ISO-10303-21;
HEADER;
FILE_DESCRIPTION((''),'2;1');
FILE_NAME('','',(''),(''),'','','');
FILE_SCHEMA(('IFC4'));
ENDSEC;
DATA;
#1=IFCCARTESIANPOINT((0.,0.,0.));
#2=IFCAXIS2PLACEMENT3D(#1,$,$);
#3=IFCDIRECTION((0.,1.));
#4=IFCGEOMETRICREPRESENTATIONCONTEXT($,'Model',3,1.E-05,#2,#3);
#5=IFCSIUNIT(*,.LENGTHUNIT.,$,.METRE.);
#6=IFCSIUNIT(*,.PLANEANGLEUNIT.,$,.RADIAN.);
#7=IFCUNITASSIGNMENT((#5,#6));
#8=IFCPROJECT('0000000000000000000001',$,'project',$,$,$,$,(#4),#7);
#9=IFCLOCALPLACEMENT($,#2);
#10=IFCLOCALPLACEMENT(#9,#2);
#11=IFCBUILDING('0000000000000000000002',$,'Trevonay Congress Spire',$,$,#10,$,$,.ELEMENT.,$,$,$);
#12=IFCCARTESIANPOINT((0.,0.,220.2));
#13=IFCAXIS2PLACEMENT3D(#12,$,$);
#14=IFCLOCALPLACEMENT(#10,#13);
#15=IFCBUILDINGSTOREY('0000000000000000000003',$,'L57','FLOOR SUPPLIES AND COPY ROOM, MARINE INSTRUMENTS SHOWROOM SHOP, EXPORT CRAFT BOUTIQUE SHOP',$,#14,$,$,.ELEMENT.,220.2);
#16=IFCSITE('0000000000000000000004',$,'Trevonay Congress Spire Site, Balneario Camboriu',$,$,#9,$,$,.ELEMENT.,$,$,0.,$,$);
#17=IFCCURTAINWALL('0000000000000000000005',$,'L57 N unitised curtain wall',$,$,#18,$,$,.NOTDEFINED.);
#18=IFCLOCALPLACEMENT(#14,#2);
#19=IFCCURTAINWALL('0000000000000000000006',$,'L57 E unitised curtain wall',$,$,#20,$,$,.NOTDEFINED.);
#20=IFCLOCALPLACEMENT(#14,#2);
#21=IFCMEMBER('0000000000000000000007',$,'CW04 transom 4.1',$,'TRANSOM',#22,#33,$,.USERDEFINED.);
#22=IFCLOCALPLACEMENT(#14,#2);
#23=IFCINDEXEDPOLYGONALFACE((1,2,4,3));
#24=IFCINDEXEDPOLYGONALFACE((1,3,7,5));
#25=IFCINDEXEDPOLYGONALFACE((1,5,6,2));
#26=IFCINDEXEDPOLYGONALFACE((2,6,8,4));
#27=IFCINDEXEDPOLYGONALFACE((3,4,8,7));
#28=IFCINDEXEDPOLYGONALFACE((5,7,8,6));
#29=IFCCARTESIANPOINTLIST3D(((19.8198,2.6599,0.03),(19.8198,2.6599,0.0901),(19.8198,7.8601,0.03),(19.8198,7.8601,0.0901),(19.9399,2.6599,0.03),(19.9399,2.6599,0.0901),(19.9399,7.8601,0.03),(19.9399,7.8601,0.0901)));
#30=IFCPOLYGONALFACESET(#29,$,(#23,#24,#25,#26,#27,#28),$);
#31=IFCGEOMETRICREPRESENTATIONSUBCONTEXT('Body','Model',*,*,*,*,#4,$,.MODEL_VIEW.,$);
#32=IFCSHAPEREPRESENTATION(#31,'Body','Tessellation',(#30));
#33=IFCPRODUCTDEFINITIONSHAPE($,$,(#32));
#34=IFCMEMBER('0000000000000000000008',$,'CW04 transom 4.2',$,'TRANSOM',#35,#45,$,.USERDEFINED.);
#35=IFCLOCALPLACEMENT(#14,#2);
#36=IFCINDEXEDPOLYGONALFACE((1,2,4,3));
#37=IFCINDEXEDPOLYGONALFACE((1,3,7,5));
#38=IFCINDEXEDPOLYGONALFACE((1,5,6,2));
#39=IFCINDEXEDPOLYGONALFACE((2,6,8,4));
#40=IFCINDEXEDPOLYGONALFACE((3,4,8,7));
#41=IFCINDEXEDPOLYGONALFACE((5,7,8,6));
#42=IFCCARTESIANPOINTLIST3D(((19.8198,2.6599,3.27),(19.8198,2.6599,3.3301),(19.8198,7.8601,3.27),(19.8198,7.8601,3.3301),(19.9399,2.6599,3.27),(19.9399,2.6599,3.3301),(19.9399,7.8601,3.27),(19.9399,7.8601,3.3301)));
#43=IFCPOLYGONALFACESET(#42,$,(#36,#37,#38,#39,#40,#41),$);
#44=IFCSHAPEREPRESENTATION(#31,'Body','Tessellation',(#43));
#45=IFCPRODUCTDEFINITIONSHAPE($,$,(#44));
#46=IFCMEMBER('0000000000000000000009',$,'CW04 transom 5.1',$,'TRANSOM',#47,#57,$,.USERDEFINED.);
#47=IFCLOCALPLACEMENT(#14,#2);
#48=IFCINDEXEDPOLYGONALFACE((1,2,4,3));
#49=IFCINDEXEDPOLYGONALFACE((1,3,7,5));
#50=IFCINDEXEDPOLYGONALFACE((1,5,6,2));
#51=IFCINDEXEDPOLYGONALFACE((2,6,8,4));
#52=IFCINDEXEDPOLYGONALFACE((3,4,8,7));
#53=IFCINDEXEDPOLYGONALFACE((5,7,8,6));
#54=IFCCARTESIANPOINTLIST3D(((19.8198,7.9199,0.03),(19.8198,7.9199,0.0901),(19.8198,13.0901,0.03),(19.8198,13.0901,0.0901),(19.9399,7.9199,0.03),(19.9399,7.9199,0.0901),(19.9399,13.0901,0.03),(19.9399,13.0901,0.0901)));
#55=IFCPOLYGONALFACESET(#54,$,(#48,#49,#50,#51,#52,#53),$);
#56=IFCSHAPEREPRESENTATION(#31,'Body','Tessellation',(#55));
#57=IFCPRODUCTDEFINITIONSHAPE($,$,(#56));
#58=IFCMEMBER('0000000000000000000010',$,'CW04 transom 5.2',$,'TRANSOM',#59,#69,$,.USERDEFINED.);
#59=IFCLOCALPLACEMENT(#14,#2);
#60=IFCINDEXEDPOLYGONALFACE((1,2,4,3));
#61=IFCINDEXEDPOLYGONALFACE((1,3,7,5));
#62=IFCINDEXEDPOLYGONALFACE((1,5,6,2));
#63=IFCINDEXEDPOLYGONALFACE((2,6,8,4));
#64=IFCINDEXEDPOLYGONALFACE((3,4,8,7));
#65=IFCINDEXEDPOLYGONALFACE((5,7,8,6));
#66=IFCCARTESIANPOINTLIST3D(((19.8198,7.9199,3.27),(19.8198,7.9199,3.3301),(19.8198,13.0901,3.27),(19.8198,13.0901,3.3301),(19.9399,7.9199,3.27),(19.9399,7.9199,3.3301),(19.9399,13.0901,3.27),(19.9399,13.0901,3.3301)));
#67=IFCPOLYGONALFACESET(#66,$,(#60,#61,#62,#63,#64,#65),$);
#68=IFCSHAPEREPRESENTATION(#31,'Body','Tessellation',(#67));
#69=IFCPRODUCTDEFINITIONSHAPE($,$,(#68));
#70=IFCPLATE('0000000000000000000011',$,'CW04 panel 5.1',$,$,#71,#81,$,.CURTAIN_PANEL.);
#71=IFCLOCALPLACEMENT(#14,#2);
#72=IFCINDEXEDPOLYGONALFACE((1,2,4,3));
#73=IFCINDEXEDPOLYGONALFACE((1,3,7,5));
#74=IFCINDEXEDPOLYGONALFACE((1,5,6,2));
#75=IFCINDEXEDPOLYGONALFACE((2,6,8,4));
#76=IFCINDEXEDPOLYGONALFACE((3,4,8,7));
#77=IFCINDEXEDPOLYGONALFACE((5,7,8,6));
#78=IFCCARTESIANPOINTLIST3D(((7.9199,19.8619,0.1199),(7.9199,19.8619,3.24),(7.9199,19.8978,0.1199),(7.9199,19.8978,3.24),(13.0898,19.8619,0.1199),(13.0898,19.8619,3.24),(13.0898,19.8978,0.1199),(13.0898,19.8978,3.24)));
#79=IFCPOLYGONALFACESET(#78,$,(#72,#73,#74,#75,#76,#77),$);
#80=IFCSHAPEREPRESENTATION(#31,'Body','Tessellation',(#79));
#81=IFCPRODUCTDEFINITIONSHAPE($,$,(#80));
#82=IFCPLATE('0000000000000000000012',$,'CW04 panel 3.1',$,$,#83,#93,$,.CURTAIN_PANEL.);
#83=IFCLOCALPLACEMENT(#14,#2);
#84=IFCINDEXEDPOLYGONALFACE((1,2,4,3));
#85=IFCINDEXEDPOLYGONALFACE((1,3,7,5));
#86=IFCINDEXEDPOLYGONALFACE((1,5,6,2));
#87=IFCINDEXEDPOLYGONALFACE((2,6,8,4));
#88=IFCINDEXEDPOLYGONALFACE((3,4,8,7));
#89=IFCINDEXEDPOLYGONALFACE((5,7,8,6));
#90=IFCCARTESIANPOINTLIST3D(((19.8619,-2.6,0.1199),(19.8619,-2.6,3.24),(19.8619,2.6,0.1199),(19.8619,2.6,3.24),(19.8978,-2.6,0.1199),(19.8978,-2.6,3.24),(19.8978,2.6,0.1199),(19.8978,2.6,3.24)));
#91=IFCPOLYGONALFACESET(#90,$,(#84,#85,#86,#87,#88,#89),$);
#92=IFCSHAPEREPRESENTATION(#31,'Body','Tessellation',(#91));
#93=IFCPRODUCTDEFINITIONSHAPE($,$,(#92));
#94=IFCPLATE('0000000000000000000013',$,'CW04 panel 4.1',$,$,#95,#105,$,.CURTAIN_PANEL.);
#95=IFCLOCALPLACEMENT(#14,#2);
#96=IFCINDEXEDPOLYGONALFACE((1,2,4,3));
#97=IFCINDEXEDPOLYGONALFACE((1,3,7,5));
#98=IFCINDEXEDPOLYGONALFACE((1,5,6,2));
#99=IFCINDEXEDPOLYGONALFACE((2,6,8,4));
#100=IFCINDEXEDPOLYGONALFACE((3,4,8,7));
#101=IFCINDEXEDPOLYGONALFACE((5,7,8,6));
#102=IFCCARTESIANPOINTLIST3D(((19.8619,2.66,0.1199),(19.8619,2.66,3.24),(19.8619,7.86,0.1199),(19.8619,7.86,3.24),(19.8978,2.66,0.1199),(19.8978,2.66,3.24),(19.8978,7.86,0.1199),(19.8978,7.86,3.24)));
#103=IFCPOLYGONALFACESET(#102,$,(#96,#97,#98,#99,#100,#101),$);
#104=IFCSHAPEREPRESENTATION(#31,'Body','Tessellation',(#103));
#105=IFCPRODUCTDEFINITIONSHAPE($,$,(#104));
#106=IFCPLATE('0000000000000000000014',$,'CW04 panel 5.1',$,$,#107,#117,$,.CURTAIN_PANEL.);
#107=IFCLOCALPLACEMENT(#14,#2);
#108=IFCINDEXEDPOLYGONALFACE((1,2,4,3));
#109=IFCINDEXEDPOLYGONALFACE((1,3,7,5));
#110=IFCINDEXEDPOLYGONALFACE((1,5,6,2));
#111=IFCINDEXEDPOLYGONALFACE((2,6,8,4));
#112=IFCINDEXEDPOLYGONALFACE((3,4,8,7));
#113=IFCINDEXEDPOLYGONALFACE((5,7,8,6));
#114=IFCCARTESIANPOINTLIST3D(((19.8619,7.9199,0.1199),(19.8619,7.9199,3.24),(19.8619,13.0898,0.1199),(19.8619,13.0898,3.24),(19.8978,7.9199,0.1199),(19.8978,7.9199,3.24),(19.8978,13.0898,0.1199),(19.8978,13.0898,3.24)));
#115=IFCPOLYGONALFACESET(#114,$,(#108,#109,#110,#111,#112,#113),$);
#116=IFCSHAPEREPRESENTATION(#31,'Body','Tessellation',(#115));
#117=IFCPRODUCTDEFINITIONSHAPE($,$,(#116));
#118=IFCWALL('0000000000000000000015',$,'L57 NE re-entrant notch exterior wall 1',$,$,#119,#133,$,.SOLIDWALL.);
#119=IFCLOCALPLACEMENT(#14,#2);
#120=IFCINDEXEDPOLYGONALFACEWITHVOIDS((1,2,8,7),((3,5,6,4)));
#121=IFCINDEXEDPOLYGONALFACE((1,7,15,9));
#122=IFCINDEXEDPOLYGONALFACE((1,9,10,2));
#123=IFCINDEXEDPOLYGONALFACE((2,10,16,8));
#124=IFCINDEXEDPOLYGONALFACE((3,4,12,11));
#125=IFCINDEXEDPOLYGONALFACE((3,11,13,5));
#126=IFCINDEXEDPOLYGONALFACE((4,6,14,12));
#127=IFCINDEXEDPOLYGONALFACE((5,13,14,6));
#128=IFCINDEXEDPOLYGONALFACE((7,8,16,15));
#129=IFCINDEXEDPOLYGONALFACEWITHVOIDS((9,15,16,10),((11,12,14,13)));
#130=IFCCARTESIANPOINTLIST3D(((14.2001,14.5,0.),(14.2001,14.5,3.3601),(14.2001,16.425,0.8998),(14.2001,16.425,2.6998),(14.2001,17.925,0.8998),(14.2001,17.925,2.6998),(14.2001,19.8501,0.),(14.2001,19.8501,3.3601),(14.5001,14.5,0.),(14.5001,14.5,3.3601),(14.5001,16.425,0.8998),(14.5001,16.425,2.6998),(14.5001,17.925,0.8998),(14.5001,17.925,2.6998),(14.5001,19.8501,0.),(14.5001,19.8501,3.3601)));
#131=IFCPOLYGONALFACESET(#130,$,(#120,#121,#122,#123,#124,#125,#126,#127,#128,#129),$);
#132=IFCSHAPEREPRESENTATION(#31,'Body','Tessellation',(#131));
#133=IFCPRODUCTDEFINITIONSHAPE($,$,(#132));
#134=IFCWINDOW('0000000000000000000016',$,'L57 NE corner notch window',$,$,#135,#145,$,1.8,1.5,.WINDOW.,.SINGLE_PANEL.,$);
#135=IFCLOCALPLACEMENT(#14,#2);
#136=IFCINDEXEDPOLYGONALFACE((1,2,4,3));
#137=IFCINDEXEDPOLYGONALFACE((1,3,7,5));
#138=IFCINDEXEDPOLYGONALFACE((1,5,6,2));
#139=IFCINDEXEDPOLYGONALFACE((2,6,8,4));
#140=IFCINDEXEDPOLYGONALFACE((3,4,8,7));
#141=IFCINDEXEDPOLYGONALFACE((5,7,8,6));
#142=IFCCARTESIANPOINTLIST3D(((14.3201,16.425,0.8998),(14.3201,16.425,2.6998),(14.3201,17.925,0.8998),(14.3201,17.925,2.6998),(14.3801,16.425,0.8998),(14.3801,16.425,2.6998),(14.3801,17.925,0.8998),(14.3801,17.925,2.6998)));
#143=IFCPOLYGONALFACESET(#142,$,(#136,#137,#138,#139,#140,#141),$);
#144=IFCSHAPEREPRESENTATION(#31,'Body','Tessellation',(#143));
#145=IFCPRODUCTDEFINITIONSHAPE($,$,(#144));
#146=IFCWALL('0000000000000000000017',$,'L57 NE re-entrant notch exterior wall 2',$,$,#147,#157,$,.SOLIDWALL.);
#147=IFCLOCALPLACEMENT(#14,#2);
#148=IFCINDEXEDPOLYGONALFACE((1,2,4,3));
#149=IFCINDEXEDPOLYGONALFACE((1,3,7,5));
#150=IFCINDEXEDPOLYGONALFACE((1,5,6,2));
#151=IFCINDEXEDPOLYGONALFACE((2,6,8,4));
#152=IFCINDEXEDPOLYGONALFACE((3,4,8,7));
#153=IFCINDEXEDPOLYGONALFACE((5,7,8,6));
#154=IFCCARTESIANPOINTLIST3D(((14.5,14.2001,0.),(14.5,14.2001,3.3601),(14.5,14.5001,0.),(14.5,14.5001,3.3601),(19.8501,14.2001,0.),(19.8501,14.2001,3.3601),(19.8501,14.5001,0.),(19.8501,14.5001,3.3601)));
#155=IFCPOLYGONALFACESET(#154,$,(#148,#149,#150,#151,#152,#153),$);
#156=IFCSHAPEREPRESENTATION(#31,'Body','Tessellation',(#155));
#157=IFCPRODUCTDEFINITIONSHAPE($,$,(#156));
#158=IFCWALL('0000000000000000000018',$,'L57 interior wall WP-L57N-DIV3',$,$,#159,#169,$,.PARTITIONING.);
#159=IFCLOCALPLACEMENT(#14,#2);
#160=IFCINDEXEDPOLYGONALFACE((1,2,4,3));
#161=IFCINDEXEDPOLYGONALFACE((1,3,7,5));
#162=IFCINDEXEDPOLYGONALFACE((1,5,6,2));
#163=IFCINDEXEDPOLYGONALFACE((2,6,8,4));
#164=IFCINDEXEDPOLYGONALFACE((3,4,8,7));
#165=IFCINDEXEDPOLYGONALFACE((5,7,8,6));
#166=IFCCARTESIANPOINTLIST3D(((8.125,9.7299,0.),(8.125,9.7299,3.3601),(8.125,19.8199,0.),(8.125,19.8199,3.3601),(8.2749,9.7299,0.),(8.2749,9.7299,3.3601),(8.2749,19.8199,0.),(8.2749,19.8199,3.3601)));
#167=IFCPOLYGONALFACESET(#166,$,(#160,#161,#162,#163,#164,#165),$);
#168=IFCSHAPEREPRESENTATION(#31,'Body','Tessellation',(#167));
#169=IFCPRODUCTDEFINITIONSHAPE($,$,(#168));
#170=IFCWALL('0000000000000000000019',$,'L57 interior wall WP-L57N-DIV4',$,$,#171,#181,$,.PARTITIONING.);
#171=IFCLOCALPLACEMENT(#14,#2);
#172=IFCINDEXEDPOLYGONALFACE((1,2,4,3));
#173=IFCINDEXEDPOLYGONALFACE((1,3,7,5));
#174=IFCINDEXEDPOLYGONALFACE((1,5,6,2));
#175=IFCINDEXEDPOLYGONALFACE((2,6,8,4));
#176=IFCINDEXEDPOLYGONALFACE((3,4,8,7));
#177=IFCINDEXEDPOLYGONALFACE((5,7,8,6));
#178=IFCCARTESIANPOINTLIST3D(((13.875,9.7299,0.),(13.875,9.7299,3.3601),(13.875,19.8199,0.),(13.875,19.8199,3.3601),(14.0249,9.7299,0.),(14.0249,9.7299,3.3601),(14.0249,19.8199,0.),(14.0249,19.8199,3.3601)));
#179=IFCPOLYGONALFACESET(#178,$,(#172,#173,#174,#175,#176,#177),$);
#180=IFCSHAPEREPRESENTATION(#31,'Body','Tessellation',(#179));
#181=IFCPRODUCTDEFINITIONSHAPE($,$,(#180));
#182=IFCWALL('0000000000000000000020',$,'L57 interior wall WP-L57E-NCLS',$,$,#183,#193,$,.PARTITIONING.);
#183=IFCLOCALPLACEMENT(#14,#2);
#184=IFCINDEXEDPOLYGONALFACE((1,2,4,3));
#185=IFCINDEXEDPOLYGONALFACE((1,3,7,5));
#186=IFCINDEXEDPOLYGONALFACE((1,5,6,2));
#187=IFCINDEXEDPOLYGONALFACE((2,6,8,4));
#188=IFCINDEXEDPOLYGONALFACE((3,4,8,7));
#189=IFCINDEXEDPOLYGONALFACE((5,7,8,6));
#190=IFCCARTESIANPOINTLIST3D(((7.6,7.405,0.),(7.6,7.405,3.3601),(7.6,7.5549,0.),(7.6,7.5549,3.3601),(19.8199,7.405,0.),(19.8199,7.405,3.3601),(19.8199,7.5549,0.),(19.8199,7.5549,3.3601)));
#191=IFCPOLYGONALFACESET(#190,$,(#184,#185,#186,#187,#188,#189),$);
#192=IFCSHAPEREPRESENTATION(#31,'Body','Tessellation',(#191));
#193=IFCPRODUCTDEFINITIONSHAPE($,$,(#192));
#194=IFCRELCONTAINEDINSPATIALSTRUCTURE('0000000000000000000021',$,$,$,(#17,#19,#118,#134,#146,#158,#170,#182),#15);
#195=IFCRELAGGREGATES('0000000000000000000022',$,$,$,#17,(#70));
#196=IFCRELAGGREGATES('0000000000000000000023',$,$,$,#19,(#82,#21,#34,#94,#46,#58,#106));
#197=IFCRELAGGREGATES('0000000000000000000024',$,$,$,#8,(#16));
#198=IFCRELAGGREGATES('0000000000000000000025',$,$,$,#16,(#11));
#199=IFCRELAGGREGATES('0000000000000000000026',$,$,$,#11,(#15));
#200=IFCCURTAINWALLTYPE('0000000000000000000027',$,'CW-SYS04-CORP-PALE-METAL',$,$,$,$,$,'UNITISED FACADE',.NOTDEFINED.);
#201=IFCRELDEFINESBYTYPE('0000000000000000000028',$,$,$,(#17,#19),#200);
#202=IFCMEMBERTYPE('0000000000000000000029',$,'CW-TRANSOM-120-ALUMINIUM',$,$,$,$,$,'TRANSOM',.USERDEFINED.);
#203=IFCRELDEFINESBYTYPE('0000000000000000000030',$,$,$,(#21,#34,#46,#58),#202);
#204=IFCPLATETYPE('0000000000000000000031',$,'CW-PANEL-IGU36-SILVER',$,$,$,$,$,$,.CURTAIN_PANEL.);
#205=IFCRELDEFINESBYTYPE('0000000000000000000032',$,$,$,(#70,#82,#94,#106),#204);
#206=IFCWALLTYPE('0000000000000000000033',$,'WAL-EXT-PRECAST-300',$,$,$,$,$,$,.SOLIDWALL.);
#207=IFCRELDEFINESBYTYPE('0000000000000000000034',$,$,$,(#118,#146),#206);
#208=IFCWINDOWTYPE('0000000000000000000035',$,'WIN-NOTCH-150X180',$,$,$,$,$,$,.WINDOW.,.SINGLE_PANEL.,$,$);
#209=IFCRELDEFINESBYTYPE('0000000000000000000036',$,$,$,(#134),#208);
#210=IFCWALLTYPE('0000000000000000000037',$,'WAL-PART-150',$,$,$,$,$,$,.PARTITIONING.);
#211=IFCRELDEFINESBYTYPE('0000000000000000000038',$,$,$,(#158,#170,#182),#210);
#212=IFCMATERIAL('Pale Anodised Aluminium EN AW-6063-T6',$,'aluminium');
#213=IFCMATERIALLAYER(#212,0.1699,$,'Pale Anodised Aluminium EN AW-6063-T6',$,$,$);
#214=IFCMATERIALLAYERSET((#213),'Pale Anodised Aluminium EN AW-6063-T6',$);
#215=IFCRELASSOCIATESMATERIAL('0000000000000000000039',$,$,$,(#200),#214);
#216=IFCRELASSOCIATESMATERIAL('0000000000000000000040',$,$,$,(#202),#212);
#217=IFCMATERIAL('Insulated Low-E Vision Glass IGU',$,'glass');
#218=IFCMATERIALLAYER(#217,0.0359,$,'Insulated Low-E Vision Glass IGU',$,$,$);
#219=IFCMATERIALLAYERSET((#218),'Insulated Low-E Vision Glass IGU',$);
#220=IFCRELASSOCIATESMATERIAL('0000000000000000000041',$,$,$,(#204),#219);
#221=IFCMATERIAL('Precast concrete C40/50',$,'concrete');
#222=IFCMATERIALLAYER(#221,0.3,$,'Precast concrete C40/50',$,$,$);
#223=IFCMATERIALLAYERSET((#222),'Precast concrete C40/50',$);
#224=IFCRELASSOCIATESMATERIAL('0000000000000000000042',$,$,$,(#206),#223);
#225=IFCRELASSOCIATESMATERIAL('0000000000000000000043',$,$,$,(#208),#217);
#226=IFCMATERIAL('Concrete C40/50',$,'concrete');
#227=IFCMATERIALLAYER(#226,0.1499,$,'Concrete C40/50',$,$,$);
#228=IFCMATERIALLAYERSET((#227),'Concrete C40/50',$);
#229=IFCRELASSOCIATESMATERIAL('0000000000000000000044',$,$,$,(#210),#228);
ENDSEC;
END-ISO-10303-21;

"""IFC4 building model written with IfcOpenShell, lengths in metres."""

from ifc_helpers import new_model, si_unit, direction, frame, frame_2d, origin, origin_2d, place, context, subcontext, project, spatial, rectangle, extrude, material, layer, layer_set, material_profile, profile_set, type_object, element, fill, aggregate, save


model = new_model("IFC4")

# Units and contexts
model_context = context("Model", 3, precision=1e-05, world=origin(), true_north=direction((0.0, 1.0)))
body_context = subcontext(model_context, "Body", "Model", "MODEL_VIEW")
ifc_project = project(units=[si_unit("LENGTHUNIT", "METRE"), si_unit("PLANEANGLEUNIT", "RADIAN")], contexts=[model_context])

# Site, building, storey
site_placement = place(None, origin())
site = spatial("IfcSite", under=ifc_project, at=site_placement, Name="Trevonay Congress Spire Site, Balneario Camboriu", CompositionType="ELEMENT", RefElevation=0.0)
building_placement = place(site_placement, origin())
building = spatial("IfcBuilding", under=site, at=building_placement, Name="Trevonay Congress Spire", CompositionType="ELEMENT")
storey_placement = place(building_placement, frame((0.0, 0.0, 220.2)))
storey = spatial("IfcBuildingStorey", under=building, at=storey_placement, Name="L57", Description="FLOOR SUPPLIES AND COPY ROOM, MARINE INSTRUMENTS SHOWROOM SHOP, EXPORT CRAFT BOUTIQUE SHOP", CompositionType="ELEMENT", Elevation=220.2)

# Curtain walls
ifc_material_1 = material(Name="Pale Anodised Aluminium EN AW-6063-T6", Category="aluminium")
ifc_layer_1 = layer(ifc_material_1, 0.1699, Name="Pale Anodised Aluminium EN AW-6063-T6")
ifc_layer_set_1 = layer_set([ifc_layer_1], Name="Pale Anodised Aluminium EN AW-6063-T6")
curtain_wall_type = type_object("IfcCurtainWallType", Name="CW-SYS04-CORP-PALE-METAL", ElementType="UNITISED FACADE", PredefinedType="NOTDEFINED", material=ifc_layer_set_1)
curtain_wall_1_placement = place(storey_placement, origin())
curtain_wall_1 = element("IfcCurtainWall", 1, at=curtain_wall_1_placement, inside=storey, type_object=curtain_wall_type, Name="L57 N unitised curtain wall", PredefinedType="NOTDEFINED")
curtain_wall_2_placement = place(storey_placement, origin())
curtain_wall_2 = element("IfcCurtainWall", 2, at=curtain_wall_2_placement, inside=storey, type_object=curtain_wall_type, Name="L57 E unitised curtain wall", PredefinedType="NOTDEFINED")

# Members
ifc_material_profile_1 = material_profile(ifc_material_1, rectangle(XDim=0.1201, YDim=0.0601, at=origin_2d()), Name="CW-TRANSOM-120-ALUMINIUM")
ifc_profile_set_1 = profile_set([ifc_material_profile_1], Name="Pale Anodised Aluminium EN AW-6063-T6")
member_type_1 = type_object("IfcMemberType", Name="CW-TRANSOM-120-ALUMINIUM", ElementType="TRANSOM", PredefinedType="USERDEFINED", material=ifc_profile_set_1)
member_1_placement = place(storey_placement, frame((19.8799, 2.6599, 0.0601), z_axis=(0.0, 1.0, 0.0), x_axis=(-1.0, 0.0, 0.0)))
member_1 = element("IfcMember", 3, at=member_1_placement, type_object=member_type_1, Name="CW04 transom 4.1", ObjectType="TRANSOM", PredefinedType="USERDEFINED", context=body_context, shape_type="SweptSolid", body=[
    extrude(rectangle(XDim=0.1201, YDim=0.0601, at=origin_2d()), origin(), (0.0, 0.0, 1.0), 5.2002),
])
member_2_placement = place(storey_placement, frame((19.8799, 2.6599, 3.3), z_axis=(0.0, 1.0, 0.0), x_axis=(-1.0, 0.0, 0.0)))
member_2 = element("IfcMember", 4, at=member_2_placement, type_object=member_type_1, Name="CW04 transom 4.2", ObjectType="TRANSOM", PredefinedType="USERDEFINED", context=body_context, shape_type="SweptSolid", body=[
    extrude(rectangle(XDim=0.1201, YDim=0.0601, at=origin_2d()), origin(), (0.0, 0.0, 1.0), 5.2002),
])
member_3_placement = place(storey_placement, frame((19.8799, 7.9199, 0.0601), z_axis=(0.0, 1.0, 0.0), x_axis=(-1.0, 0.0, 0.0)))
member_3 = element("IfcMember", 5, at=member_3_placement, type_object=member_type_1, Name="CW04 transom 5.1", ObjectType="TRANSOM", PredefinedType="USERDEFINED", context=body_context, shape_type="SweptSolid", body=[
    extrude(rectangle(XDim=0.1201, YDim=0.0601, at=origin_2d()), origin(), (0.0, 0.0, 1.0), 5.1702),
])
member_4_placement = place(storey_placement, frame((19.8799, 7.9199, 3.3), z_axis=(0.0, 1.0, 0.0), x_axis=(-1.0, 0.0, 0.0)))
member_4 = element("IfcMember", 6, at=member_4_placement, type_object=member_type_1, Name="CW04 transom 5.2", ObjectType="TRANSOM", PredefinedType="USERDEFINED", context=body_context, shape_type="SweptSolid", body=[
    extrude(rectangle(XDim=0.1201, YDim=0.0601, at=origin_2d()), origin(), (0.0, 0.0, 1.0), 5.1702),
])

# Plates
ifc_material_2 = material(Name="Insulated Low-E Vision Glass IGU", Category="glass")
ifc_layer_2 = layer(ifc_material_2, 0.0359, Name="Insulated Low-E Vision Glass IGU")
ifc_layer_set_2 = layer_set([ifc_layer_2], Name="Insulated Low-E Vision Glass IGU")
plate_type = type_object("IfcPlateType", Name="CW-PANEL-IGU36-SILVER", PredefinedType="CURTAIN_PANEL", material=ifc_layer_set_2)
plate_1_placement = place(storey_placement, frame((10.5049, 19.8799, 0.1199), z_axis=(0.0, 0.0, 1.0), x_axis=(1.0, 0.0, 0.0)))
plate_1 = element("IfcPlate", 7, at=plate_1_placement, type_object=plate_type, Name="CW04 panel 5.1", PredefinedType="CURTAIN_PANEL", context=body_context, shape_type="SweptSolid", body=[
    extrude(rectangle(XDim=5.1699, YDim=0.0359, at=origin_2d()), origin(), (0.0, 0.0, 1.0), 3.1201),
])
aggregate(curtain_wall_1, [plate_1])
plate_2_placement = place(storey_placement, frame((19.8799, 0.0, 0.1199), z_axis=(0.0, 0.0, 1.0), x_axis=(0.0, 1.0, 0.0)))
plate_2 = element("IfcPlate", 8, at=plate_2_placement, type_object=plate_type, Name="CW04 panel 3.1", PredefinedType="CURTAIN_PANEL", context=body_context, shape_type="SweptSolid", body=[
    extrude(rectangle(XDim=5.2, YDim=0.0359, at=origin_2d()), origin(), (0.0, 0.0, 1.0), 3.1201),
])
plate_3_placement = place(storey_placement, frame((19.8799, 5.26, 0.1199), z_axis=(0.0, 0.0, 1.0), x_axis=(0.0, 1.0, 0.0)))
plate_3 = element("IfcPlate", 9, at=plate_3_placement, type_object=plate_type, Name="CW04 panel 4.1", PredefinedType="CURTAIN_PANEL", context=body_context, shape_type="SweptSolid", body=[
    extrude(rectangle(XDim=5.2, YDim=0.0359, at=origin_2d()), origin(), (0.0, 0.0, 1.0), 3.1201),
])
plate_4_placement = place(storey_placement, frame((19.8799, 10.5049, 0.1199), z_axis=(0.0, 0.0, 1.0), x_axis=(0.0, 1.0, 0.0)))
plate_4 = element("IfcPlate", 10, at=plate_4_placement, type_object=plate_type, Name="CW04 panel 5.1", PredefinedType="CURTAIN_PANEL", context=body_context, shape_type="SweptSolid", body=[
    extrude(rectangle(XDim=5.1699, YDim=0.0359, at=origin_2d()), origin(), (0.0, 0.0, 1.0), 3.1201),
])
aggregate(curtain_wall_2, [plate_2, member_1, member_2, plate_3, member_3, member_4, plate_4])

# Wall, opening, window
ifc_material_3 = material(Name="Precast concrete C40/50", Category="concrete")
ifc_layer_3 = layer(ifc_material_3, 0.3, Name="Precast concrete C40/50")
ifc_layer_set_3 = layer_set([ifc_layer_3], Name="Precast concrete C40/50")
wall_type_1 = type_object("IfcWallType", Name="WAL-EXT-PRECAST-300", PredefinedType="SOLIDWALL", material=ifc_layer_set_3)
wall_1_placement = place(storey_placement, frame((14.3501, 19.8501, 0.0), z_axis=(0.0, 0.0, 1.0), x_axis=(0.0, -1.0, 0.0)))
wall_1 = element("IfcWall", 11, at=wall_1_placement, inside=storey, type_object=wall_type_1, Name="L57 NE re-entrant notch exterior wall 1", PredefinedType="SOLIDWALL", context=body_context, shape_type="SweptSolid", body=[
    extrude(rectangle(XDim=5.3501, YDim=0.3, at=frame_2d((2.675, 0.0))), origin(), (0.0, 0.0, 1.0), 3.3601),
])
opening_placement = place(wall_1_placement, frame((1.925, 0.0, 0.8999)))
opening = element("IfcOpeningElement", 12, at=opening_placement, cuts=wall_1, PredefinedType="OPENING", context=body_context, shape_type="SweptSolid", body=[
    extrude(rectangle(XDim=1.5, YDim=1.8, at=frame_2d((0.75, 0.8999))), frame((0.0, 0.1602, 0.0), z_axis=(0.0, -1.0, 0.0), x_axis=(1.0, 0.0, 0.0)), (0.0, 0.0, 1.0), 0.3201),
])
window_type = type_object("IfcWindowType", Name="WIN-NOTCH-150X180", PartitioningType="SINGLE_PANEL", PredefinedType="WINDOW", material=ifc_material_2)
window_placement = place(opening_placement, origin())
window = element("IfcWindow", 13, at=window_placement, inside=storey, type_object=window_type, Name="L57 NE corner notch window", OverallHeight=1.8, OverallWidth=1.5, PartitioningType="SINGLE_PANEL", PredefinedType="WINDOW", context=body_context, shape_type="SweptSolid", body=[
    extrude(rectangle(XDim=1.5, YDim=1.8, at=frame_2d((0.75, 0.8999))), frame((0.0, 0.03, 0.0), z_axis=(0.0, -1.0, 0.0), x_axis=(1.0, 0.0, 0.0)), (0.0, 0.0, 1.0), 0.0601),
])
fill(opening, window)

# Walls
wall_2_placement = place(storey_placement, frame((19.8501, 14.3501, 0.0), z_axis=(0.0, 0.0, 1.0), x_axis=(-1.0, 0.0, 0.0)))
element("IfcWall", 14, at=wall_2_placement, inside=storey, type_object=wall_type_1, Name="L57 NE re-entrant notch exterior wall 2", PredefinedType="SOLIDWALL", context=body_context, shape_type="SweptSolid", body=[
    extrude(rectangle(XDim=5.3501, YDim=0.3, at=frame_2d((2.675, 0.0))), origin(), (0.0, 0.0, 1.0), 3.3601),
])
ifc_material_4 = material(Name="Concrete C40/50", Category="concrete")
ifc_layer_4 = layer(ifc_material_4, 0.1499, Name="Concrete C40/50")
ifc_layer_set_4 = layer_set([ifc_layer_4], Name="Concrete C40/50")
wall_type_2 = type_object("IfcWallType", Name="WAL-PART-150", PredefinedType="PARTITIONING", material=ifc_layer_set_4)
for number, where, z_axis, x_axis, name in (
    (15, (8.2, 9.73, 0.0), (0.0, 0.0, 1.0), (0.0, 1.0, 0.0), "L57 interior wall WP-L57N-DIV3"),
    (16, (13.95, 9.73, 0.0), (0.0, 0.0, 1.0), (0.0, 1.0, 0.0), "L57 interior wall WP-L57N-DIV4"),
):
    element("IfcWall", number, at=place(storey_placement, frame(where, z_axis=z_axis, x_axis=x_axis)), inside=storey, type_object=wall_type_2, Name=name, PredefinedType="PARTITIONING", context=body_context, shape_type="SweptSolid", body=[
        extrude(rectangle(XDim=10.0901, YDim=0.1499, at=frame_2d((5.0449, 0.0))), origin(), (0.0, 0.0, 1.0), 3.3601),
    ])
wall_3_placement = place(storey_placement, frame((7.6001, 7.48, 0.0), z_axis=(0.0, 0.0, 1.0), x_axis=(1.0, 0.0, 0.0)))
element("IfcWall", 17, at=wall_3_placement, inside=storey, type_object=wall_type_2, Name="L57 interior wall WP-L57E-NCLS", PredefinedType="PARTITIONING", context=body_context, shape_type="SweptSolid", body=[
    extrude(rectangle(XDim=12.22, YDim=0.1499, at=frame_2d((6.1099, 0.0))), origin(), (0.0, 0.0, 1.0), 3.3601),
])

save(model, "model.ifc")
